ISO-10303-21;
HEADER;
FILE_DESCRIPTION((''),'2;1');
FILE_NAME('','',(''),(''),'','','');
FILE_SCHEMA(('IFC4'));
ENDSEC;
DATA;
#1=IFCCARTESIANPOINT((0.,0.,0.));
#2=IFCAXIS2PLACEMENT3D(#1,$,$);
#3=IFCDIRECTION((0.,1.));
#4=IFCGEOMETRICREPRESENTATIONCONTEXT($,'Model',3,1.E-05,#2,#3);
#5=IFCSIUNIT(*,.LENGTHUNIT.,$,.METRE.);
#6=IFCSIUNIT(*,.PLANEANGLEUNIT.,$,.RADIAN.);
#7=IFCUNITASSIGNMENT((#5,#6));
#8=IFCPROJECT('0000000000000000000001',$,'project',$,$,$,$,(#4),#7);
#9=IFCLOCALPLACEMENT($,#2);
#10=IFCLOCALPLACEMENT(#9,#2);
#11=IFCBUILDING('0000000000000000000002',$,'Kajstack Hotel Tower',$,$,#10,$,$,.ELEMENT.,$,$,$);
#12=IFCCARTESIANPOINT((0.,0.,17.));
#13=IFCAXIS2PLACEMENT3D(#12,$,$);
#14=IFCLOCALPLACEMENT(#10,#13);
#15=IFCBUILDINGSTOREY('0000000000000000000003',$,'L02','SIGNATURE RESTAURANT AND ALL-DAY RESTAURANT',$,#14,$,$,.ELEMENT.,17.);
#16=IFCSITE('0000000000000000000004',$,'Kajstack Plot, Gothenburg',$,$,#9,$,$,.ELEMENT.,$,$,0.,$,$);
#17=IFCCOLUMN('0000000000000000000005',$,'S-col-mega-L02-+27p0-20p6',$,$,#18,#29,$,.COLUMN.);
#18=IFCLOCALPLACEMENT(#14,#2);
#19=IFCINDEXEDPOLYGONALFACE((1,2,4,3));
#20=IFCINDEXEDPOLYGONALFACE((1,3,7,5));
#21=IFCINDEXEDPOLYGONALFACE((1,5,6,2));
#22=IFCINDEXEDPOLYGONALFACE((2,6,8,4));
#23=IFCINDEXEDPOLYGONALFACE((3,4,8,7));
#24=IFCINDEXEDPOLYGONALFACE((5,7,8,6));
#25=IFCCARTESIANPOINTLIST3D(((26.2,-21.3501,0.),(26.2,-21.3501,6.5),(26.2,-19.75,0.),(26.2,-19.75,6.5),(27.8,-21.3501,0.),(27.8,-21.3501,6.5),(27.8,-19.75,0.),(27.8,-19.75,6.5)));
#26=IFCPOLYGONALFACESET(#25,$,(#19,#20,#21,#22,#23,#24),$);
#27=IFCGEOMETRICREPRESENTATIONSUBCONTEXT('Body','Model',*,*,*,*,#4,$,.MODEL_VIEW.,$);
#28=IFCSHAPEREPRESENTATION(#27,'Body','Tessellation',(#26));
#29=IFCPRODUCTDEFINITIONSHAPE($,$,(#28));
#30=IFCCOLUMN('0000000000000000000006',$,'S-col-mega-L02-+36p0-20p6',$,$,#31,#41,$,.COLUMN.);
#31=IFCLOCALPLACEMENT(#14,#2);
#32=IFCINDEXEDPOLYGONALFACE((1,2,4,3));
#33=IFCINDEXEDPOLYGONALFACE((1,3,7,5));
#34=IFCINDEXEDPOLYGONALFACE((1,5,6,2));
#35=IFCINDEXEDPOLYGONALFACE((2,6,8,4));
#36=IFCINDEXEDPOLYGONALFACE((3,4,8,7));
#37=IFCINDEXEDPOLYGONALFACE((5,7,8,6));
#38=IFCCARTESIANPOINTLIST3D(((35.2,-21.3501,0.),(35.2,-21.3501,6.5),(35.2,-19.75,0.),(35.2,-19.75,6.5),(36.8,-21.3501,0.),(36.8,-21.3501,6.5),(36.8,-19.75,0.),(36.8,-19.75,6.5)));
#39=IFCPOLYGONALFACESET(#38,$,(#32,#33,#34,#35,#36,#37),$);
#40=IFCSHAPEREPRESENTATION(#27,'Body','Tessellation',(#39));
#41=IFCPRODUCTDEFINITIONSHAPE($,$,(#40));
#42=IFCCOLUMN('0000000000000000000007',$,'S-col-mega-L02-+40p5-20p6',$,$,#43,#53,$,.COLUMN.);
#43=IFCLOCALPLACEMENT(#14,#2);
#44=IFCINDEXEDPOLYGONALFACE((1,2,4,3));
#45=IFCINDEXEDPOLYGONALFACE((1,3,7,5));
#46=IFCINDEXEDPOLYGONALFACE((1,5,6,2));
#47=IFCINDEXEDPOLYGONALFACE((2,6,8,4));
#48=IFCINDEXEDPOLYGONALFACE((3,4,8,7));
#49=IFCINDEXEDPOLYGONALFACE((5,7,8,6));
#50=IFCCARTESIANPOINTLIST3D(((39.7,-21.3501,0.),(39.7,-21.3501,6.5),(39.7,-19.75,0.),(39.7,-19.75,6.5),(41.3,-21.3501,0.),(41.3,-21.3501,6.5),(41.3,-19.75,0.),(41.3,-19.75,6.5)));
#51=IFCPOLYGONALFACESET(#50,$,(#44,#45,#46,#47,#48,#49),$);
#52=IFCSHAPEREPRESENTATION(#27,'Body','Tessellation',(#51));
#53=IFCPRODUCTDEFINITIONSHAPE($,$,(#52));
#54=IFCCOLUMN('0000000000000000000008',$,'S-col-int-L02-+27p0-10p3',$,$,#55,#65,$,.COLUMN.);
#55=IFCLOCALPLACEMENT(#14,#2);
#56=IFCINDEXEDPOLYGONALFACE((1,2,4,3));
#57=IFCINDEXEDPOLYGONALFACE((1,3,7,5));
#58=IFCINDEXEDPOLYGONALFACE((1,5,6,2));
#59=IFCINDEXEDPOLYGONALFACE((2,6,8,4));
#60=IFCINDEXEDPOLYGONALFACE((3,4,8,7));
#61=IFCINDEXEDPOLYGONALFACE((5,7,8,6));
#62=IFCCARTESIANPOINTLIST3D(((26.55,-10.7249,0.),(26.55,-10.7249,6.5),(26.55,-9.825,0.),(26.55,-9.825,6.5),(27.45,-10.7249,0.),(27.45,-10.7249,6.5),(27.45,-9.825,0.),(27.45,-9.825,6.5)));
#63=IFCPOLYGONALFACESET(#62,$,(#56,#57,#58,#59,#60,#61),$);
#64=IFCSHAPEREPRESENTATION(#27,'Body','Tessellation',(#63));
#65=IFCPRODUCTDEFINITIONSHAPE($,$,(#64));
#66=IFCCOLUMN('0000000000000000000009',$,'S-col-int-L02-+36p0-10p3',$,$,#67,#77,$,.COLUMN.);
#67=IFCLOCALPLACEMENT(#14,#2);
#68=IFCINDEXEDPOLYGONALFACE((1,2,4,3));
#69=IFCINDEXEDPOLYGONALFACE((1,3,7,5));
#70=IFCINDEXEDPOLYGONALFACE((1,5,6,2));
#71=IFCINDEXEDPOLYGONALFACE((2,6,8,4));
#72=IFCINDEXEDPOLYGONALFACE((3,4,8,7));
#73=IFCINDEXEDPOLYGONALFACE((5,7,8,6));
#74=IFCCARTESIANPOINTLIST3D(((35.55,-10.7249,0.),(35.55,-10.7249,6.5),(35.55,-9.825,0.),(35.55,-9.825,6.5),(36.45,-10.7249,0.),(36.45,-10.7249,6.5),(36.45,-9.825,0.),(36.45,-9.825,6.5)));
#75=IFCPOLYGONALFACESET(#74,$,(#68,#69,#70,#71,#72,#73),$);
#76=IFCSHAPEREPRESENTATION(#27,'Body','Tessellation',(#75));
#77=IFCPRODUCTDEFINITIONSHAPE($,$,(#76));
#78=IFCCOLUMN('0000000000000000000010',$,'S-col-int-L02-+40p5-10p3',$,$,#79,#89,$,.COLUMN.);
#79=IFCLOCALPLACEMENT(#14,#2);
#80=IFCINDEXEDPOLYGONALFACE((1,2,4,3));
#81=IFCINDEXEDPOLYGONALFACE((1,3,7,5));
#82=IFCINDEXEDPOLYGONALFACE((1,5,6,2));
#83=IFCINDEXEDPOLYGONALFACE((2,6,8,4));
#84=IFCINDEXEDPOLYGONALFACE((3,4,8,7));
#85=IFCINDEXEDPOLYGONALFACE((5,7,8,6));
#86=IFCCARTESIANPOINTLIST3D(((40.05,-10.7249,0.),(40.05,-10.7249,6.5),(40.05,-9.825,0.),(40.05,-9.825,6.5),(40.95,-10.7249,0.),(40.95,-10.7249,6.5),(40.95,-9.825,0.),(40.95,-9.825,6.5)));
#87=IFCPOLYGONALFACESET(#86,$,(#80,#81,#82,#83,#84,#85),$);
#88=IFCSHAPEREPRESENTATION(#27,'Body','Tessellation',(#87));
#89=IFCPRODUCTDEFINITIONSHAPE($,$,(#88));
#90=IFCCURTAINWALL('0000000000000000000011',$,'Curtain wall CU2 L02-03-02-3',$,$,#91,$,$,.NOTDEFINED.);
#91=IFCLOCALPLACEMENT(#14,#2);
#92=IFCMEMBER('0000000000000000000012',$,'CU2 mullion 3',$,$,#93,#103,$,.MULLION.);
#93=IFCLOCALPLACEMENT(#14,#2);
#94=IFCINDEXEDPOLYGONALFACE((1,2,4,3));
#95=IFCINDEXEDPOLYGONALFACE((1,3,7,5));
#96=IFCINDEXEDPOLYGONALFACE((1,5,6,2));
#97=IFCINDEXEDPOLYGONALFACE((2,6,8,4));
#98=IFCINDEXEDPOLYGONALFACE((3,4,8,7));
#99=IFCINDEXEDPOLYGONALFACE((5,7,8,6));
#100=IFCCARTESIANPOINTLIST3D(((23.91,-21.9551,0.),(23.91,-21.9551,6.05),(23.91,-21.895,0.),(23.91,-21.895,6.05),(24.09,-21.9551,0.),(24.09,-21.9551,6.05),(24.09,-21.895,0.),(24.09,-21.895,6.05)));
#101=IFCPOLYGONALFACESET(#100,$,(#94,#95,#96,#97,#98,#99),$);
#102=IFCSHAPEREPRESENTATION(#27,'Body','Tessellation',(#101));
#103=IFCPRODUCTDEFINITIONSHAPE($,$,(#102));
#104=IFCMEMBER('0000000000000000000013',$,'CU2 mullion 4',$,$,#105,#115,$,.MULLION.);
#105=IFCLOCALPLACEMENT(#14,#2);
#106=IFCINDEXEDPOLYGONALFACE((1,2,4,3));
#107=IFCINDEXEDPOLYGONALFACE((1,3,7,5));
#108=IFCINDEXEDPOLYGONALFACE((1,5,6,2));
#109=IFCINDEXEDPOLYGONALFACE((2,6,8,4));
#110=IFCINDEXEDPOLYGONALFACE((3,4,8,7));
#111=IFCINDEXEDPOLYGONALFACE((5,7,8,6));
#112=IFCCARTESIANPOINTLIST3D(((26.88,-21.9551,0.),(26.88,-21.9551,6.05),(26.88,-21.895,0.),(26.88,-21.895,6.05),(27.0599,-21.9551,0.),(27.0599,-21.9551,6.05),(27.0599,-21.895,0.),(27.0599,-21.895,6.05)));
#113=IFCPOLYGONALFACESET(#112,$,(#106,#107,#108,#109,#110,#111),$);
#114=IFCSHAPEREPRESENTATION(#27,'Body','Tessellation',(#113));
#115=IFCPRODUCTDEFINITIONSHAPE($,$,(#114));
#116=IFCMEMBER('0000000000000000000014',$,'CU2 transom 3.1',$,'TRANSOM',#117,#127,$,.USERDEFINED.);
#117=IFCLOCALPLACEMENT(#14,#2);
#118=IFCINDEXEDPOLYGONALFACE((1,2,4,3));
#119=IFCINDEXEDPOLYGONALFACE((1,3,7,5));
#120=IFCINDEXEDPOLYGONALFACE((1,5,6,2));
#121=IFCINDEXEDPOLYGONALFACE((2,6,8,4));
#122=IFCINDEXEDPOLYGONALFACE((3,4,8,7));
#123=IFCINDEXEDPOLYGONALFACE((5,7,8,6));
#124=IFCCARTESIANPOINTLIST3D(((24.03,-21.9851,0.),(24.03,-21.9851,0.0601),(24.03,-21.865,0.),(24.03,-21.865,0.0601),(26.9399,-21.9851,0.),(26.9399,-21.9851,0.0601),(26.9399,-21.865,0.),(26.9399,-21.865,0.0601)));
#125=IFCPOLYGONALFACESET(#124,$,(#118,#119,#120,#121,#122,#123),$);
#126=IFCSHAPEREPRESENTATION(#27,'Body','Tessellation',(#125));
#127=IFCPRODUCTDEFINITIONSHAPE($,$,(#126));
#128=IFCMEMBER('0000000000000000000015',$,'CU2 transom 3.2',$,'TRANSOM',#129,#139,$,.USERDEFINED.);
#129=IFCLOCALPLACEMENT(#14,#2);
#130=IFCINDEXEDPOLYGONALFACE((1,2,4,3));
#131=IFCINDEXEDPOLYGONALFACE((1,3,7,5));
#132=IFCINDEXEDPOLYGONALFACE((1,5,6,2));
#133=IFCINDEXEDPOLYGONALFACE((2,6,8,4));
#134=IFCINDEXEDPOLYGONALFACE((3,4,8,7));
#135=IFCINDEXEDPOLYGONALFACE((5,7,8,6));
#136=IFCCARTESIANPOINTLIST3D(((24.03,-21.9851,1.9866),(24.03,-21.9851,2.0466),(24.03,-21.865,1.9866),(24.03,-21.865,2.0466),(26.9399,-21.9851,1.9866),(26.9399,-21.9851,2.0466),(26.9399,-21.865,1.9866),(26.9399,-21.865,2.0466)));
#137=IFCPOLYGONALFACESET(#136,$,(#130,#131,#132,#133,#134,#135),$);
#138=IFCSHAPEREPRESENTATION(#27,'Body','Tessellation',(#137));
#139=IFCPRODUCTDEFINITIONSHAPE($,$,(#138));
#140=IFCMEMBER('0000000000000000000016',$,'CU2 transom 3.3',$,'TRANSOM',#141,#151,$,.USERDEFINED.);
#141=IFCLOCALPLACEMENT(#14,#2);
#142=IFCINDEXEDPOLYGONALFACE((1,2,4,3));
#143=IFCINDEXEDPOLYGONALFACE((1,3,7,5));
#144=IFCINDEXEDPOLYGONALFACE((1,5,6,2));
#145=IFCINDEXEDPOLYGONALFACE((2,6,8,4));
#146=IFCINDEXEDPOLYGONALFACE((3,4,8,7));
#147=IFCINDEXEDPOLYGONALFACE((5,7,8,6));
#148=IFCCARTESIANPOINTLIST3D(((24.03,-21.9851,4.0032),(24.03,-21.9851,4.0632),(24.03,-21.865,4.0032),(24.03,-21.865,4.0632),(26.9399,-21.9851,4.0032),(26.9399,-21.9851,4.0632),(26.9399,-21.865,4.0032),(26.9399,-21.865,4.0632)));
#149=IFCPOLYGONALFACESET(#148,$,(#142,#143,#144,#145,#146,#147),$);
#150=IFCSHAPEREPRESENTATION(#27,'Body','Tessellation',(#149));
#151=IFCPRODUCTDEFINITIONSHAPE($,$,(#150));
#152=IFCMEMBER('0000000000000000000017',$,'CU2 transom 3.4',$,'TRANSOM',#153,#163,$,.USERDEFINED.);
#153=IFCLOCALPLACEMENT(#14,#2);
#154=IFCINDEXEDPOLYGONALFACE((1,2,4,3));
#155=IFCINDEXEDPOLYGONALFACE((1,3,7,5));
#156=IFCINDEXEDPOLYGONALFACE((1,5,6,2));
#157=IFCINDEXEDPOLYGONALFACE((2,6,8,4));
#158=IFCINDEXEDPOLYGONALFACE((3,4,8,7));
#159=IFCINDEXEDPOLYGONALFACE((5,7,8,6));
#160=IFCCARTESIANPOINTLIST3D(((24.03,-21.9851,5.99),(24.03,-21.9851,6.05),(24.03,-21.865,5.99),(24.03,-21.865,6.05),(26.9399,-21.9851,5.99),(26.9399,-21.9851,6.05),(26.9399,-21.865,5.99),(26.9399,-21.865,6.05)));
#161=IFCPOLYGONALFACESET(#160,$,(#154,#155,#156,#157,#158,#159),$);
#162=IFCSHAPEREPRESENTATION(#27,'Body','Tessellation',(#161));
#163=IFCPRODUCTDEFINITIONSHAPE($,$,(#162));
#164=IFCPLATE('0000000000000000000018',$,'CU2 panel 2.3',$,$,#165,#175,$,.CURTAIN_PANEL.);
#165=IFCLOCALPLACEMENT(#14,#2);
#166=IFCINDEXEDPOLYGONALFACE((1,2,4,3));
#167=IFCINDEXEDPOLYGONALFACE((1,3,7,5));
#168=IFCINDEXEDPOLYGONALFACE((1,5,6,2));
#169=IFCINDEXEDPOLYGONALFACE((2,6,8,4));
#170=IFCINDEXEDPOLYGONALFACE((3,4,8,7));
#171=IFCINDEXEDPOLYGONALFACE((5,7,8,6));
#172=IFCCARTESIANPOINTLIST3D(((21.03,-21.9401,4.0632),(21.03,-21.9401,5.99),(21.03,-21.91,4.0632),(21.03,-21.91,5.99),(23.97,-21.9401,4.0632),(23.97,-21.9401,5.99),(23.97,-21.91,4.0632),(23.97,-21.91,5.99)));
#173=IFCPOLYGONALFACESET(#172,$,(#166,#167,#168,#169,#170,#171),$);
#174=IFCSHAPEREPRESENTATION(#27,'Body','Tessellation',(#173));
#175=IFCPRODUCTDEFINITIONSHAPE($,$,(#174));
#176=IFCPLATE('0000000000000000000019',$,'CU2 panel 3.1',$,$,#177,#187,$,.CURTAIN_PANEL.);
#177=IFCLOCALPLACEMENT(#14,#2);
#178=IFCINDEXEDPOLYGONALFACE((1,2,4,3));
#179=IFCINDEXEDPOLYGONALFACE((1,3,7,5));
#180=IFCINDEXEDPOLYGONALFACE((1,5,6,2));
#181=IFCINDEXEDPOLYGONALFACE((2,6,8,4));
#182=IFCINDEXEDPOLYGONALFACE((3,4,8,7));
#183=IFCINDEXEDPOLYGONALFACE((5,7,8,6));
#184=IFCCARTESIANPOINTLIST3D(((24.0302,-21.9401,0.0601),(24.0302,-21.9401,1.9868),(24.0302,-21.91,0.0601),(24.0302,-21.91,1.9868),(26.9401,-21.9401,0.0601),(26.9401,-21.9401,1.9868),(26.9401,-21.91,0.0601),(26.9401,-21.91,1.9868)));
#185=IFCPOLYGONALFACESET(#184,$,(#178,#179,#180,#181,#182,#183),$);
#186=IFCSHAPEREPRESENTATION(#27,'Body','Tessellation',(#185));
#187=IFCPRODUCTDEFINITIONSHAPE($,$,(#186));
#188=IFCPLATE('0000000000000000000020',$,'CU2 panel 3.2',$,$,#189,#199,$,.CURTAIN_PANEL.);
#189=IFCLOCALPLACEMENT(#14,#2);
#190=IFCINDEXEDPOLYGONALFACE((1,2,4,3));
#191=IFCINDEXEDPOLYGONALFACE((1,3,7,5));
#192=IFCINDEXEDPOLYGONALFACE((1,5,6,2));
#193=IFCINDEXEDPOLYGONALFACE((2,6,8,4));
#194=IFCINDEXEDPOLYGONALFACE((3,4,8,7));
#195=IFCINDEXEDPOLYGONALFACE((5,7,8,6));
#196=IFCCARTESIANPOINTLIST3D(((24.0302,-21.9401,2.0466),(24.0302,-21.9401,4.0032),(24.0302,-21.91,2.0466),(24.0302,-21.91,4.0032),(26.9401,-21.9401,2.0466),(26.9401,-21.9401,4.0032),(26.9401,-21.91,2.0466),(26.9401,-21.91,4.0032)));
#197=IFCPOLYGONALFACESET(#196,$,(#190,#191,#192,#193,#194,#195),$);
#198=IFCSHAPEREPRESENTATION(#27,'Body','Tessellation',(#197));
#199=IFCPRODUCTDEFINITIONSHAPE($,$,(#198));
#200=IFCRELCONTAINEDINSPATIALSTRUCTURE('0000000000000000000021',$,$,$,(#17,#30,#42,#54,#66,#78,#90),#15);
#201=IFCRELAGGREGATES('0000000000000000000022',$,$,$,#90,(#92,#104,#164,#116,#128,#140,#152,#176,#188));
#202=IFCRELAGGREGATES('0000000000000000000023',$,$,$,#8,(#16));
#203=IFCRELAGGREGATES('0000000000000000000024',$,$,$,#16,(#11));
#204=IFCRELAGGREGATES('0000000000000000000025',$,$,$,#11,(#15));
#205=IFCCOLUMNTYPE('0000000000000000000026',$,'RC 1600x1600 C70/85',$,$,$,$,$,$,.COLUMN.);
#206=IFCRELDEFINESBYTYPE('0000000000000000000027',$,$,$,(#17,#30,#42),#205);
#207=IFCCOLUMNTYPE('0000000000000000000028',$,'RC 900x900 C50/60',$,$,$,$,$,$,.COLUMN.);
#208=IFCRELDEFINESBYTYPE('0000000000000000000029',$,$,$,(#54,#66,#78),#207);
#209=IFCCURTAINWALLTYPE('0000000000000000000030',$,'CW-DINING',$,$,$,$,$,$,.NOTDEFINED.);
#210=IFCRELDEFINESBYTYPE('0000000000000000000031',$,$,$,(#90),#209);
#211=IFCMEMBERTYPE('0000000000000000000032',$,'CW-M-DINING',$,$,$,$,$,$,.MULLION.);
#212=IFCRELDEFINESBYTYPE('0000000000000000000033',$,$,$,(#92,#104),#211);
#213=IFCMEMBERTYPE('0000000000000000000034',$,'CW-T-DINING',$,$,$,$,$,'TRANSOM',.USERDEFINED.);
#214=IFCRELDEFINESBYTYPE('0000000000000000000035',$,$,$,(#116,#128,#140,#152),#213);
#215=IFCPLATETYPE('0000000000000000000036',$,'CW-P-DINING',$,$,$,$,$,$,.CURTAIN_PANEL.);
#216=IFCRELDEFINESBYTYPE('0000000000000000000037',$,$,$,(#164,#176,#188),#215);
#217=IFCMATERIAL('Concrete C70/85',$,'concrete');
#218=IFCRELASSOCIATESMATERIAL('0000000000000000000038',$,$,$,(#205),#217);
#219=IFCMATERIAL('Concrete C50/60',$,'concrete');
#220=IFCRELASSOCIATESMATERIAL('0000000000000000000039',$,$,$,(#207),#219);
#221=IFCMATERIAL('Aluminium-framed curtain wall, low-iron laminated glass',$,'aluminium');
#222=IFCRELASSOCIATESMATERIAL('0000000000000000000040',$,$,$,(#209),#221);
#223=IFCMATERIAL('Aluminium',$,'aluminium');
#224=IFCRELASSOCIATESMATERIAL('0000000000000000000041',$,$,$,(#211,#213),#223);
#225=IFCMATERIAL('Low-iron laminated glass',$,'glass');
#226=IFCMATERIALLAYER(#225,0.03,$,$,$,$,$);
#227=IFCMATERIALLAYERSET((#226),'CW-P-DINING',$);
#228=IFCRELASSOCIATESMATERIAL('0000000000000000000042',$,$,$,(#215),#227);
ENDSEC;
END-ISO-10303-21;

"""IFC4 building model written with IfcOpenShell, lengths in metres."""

from ifc_helpers import new_model, si_unit, direction, frame, origin, origin_2d, place, context, subcontext, project, spatial, rectangle, extrude, material, layer, layer_set, material_profile, profile_set, type_object, element, aggregate, save


model = new_model("IFC4")

# Units and contexts
model_context = context("Model", 3, precision=1e-05, world=origin(), true_north=direction((0.0, 1.0)))
body_context = subcontext(model_context, "Body", "Model", "MODEL_VIEW")
ifc_project = project(units=[si_unit("LENGTHUNIT", "METRE"), si_unit("PLANEANGLEUNIT", "RADIAN")], contexts=[model_context])

# Site, building, storey
site_placement = place(None, origin())
site = spatial("IfcSite", under=ifc_project, at=site_placement, Name="Kajstack Plot, Gothenburg", CompositionType="ELEMENT", RefElevation=0.0)
building_placement = place(site_placement, origin())
building = spatial("IfcBuilding", under=site, at=building_placement, Name="Kajstack Hotel Tower", CompositionType="ELEMENT")
storey_placement = place(building_placement, frame((0.0, 0.0, 17.0)))
storey = spatial("IfcBuildingStorey", under=building, at=storey_placement, Name="L02", Description="SIGNATURE RESTAURANT AND ALL-DAY RESTAURANT", CompositionType="ELEMENT", Elevation=17.0)

# Columns
ifc_material_1 = material(Name="Concrete C70/85", Category="concrete")
ifc_material_profile_1 = material_profile(ifc_material_1, rectangle(XDim=1.6001, YDim=1.6001, at=origin_2d()), Name="RC 1600x1600")
ifc_profile_set_1 = profile_set([ifc_material_profile_1], Name="Concrete C70/85")
column_type_1 = type_object("IfcColumnType", Name="RC 1600x1600 C70/85", PredefinedType="COLUMN", material=ifc_profile_set_1)
for number, where, z_axis, x_axis, name in (
    (1, (27.0, -20.55, 0.0), (0.0, 0.0, 1.0), (1.0, 0.0, 0.0), "S-col-mega-L02-+27p0-20p6"),
    (2, (36.0, -20.55, 0.0), (0.0, 0.0, 1.0), (1.0, 0.0, 0.0), "S-col-mega-L02-+36p0-20p6"),
    (3, (40.5, -20.55, 0.0), (0.0, 0.0, 1.0), (1.0, 0.0, 0.0), "S-col-mega-L02-+40p5-20p6"),
):
    element("IfcColumn", number, at=place(storey_placement, frame(where, z_axis=z_axis, x_axis=x_axis)), inside=storey, type_object=column_type_1, Name=name, PredefinedType="COLUMN", context=body_context, shape_type="SweptSolid", body=[
        extrude(rectangle(XDim=1.6001, YDim=1.6001, at=origin_2d()), origin(), (0.0, 0.0, 1.0), 6.5),
    ])
ifc_material_2 = material(Name="Concrete C50/60", Category="concrete")
ifc_material_profile_2 = material_profile(ifc_material_2, rectangle(XDim=0.8999, YDim=0.8999, at=origin_2d()), Name="RC 900x900")
ifc_profile_set_2 = profile_set([ifc_material_profile_2], Name="Concrete C50/60")
column_type_2 = type_object("IfcColumnType", Name="RC 900x900 C50/60", PredefinedType="COLUMN", material=ifc_profile_set_2)
for number, where, z_axis, x_axis, name in (
    (4, (27.0, -10.2749, 0.0), (0.0, 0.0, 1.0), (1.0, 0.0, 0.0), "S-col-int-L02-+27p0-10p3"),
    (5, (36.0, -10.2749, 0.0), (0.0, 0.0, 1.0), (1.0, 0.0, 0.0), "S-col-int-L02-+36p0-10p3"),
    (6, (40.5, -10.2749, 0.0), (0.0, 0.0, 1.0), (1.0, 0.0, 0.0), "S-col-int-L02-+40p5-10p3"),
):
    element("IfcColumn", number, at=place(storey_placement, frame(where, z_axis=z_axis, x_axis=x_axis)), inside=storey, type_object=column_type_2, Name=name, PredefinedType="COLUMN", context=body_context, shape_type="SweptSolid", body=[
        extrude(rectangle(XDim=0.8999, YDim=0.8999, at=origin_2d()), origin(), (0.0, 0.0, 1.0), 6.5),
    ])

# Curtain wall, members, plates
ifc_material_3 = material(Name="Aluminium-framed curtain wall, low-iron laminated glass", Category="aluminium")
curtain_wall_type = type_object("IfcCurtainWallType", Name="CW-DINING", PredefinedType="NOTDEFINED", material=ifc_material_3)
curtain_wall_placement = place(storey_placement, origin())
curtain_wall = element("IfcCurtainWall", 7, at=curtain_wall_placement, inside=storey, type_object=curtain_wall_type, Name="Curtain wall CU2 L02-03-02-3", PredefinedType="NOTDEFINED")
ifc_material_4 = material(Name="Aluminium", Category="aluminium")
ifc_material_profile_3 = material_profile(ifc_material_4, rectangle(XDim=0.0601, YDim=0.1799, at=origin_2d()), Name="Aluminium mullion 60 x 180")
ifc_profile_set_3 = profile_set([ifc_material_profile_3], Name="Aluminium")
member_type_1 = type_object("IfcMemberType", Name="CW-M-DINING", PredefinedType="MULLION", material=ifc_profile_set_3)
member_1_placement = place(storey_placement, frame((24.0, -21.925, 0.0), z_axis=(0.0, 0.0, 1.0), x_axis=(0.0, 1.0, 0.0)))
member_1 = element("IfcMember", 8, at=member_1_placement, type_object=member_type_1, Name="CU2 mullion 3", PredefinedType="MULLION", context=body_context, shape_type="SweptSolid", body=[
    extrude(rectangle(XDim=0.0601, YDim=0.1799, at=origin_2d()), origin(), (0.0, 0.0, 1.0), 6.05),
])
member_2_placement = place(storey_placement, frame((26.97, -21.925, 0.0), z_axis=(0.0, 0.0, 1.0), x_axis=(0.0, 1.0, 0.0)))
member_2 = element("IfcMember", 9, at=member_2_placement, type_object=member_type_1, Name="CU2 mullion 4", PredefinedType="MULLION", context=body_context, shape_type="SweptSolid", body=[
    extrude(rectangle(XDim=0.0601, YDim=0.1799, at=origin_2d()), origin(), (0.0, 0.0, 1.0), 6.05),
])
ifc_material_profile_4 = material_profile(ifc_material_4, rectangle(XDim=0.1201, YDim=0.0601, at=origin_2d()), Name="Aluminium transom 120 x 60")
ifc_profile_set_4 = profile_set([ifc_material_profile_4], Name="Aluminium")
member_type_2 = type_object("IfcMemberType", Name="CW-T-DINING", ElementType="TRANSOM", PredefinedType="USERDEFINED", material=ifc_profile_set_4)
member_3_placement = place(storey_placement, frame((24.03, -21.925, 0.03), z_axis=(1.0, 0.0, 0.0), x_axis=(0.0, 1.0, 0.0)))
member_3 = element("IfcMember", 10, at=member_3_placement, type_object=member_type_2, Name="CU2 transom 3.1", ObjectType="TRANSOM", PredefinedType="USERDEFINED", context=body_context, shape_type="SweptSolid", body=[
    extrude(rectangle(XDim=0.1201, YDim=0.0601, at=origin_2d()), origin(), (0.0, 0.0, 1.0), 2.9099),
])
member_4_placement = place(storey_placement, frame((24.03, -21.925, 2.0166), z_axis=(1.0, 0.0, 0.0), x_axis=(0.0, 1.0, 0.0)))
member_4 = element("IfcMember", 11, at=member_4_placement, type_object=member_type_2, Name="CU2 transom 3.2", ObjectType="TRANSOM", PredefinedType="USERDEFINED", context=body_context, shape_type="SweptSolid", body=[
    extrude(rectangle(XDim=0.1201, YDim=0.0601, at=origin_2d()), origin(), (0.0, 0.0, 1.0), 2.9099),
])
member_5_placement = place(storey_placement, frame((24.03, -21.925, 4.0332), z_axis=(1.0, 0.0, 0.0), x_axis=(0.0, 1.0, 0.0)))
member_5 = element("IfcMember", 12, at=member_5_placement, type_object=member_type_2, Name="CU2 transom 3.3", ObjectType="TRANSOM", PredefinedType="USERDEFINED", context=body_context, shape_type="SweptSolid", body=[
    extrude(rectangle(XDim=0.1201, YDim=0.0601, at=origin_2d()), origin(), (0.0, 0.0, 1.0), 2.9099),
])
member_6_placement = place(storey_placement, frame((24.03, -21.925, 6.02), z_axis=(1.0, 0.0, 0.0), x_axis=(0.0, 1.0, 0.0)))
member_6 = element("IfcMember", 13, at=member_6_placement, type_object=member_type_2, Name="CU2 transom 3.4", ObjectType="TRANSOM", PredefinedType="USERDEFINED", context=body_context, shape_type="SweptSolid", body=[
    extrude(rectangle(XDim=0.1201, YDim=0.0601, at=origin_2d()), origin(), (0.0, 0.0, 1.0), 2.9099),
])
ifc_material_5 = material(Name="Low-iron laminated glass", Category="glass")
ifc_layer_1 = layer(ifc_material_5, 0.03)
ifc_layer_set_1 = layer_set([ifc_layer_1], Name="CW-P-DINING")
plate_type = type_object("IfcPlateType", Name="CW-P-DINING", PredefinedType="CURTAIN_PANEL", material=ifc_layer_set_1)
plate_1_placement = place(storey_placement, frame((22.5, -21.925, 4.0632), z_axis=(0.0, 0.0, 1.0), x_axis=(1.0, 0.0, 0.0)))
plate_1 = element("IfcPlate", 14, at=plate_1_placement, type_object=plate_type, Name="CU2 panel 2.3", PredefinedType="CURTAIN_PANEL", context=body_context, shape_type="SweptSolid", body=[
    extrude(rectangle(XDim=2.9399, YDim=0.03, at=origin_2d()), origin(), (0.0, 0.0, 1.0), 1.9268),
])
plate_2_placement = place(storey_placement, frame((25.4851, -21.925, 0.0601), z_axis=(0.0, 0.0, 1.0), x_axis=(1.0, 0.0, 0.0)))
plate_2 = element("IfcPlate", 15, at=plate_2_placement, type_object=plate_type, Name="CU2 panel 3.1", PredefinedType="CURTAIN_PANEL", context=body_context, shape_type="SweptSolid", body=[
    extrude(rectangle(XDim=2.9099, YDim=0.03, at=origin_2d()), origin(), (0.0, 0.0, 1.0), 1.9268),
])
plate_3_placement = place(storey_placement, frame((25.4851, -21.925, 2.0466), z_axis=(0.0, 0.0, 1.0), x_axis=(1.0, 0.0, 0.0)))
plate_3 = element("IfcPlate", 16, at=plate_3_placement, type_object=plate_type, Name="CU2 panel 3.2", PredefinedType="CURTAIN_PANEL", context=body_context, shape_type="SweptSolid", body=[
    extrude(rectangle(XDim=2.9099, YDim=0.03, at=origin_2d()), origin(), (0.0, 0.0, 1.0), 1.9565),
])
aggregate(curtain_wall, [member_1, member_2, plate_1, member_3, member_4, member_5, member_6, plate_2, plate_3])

save(model, "model.ifc")
